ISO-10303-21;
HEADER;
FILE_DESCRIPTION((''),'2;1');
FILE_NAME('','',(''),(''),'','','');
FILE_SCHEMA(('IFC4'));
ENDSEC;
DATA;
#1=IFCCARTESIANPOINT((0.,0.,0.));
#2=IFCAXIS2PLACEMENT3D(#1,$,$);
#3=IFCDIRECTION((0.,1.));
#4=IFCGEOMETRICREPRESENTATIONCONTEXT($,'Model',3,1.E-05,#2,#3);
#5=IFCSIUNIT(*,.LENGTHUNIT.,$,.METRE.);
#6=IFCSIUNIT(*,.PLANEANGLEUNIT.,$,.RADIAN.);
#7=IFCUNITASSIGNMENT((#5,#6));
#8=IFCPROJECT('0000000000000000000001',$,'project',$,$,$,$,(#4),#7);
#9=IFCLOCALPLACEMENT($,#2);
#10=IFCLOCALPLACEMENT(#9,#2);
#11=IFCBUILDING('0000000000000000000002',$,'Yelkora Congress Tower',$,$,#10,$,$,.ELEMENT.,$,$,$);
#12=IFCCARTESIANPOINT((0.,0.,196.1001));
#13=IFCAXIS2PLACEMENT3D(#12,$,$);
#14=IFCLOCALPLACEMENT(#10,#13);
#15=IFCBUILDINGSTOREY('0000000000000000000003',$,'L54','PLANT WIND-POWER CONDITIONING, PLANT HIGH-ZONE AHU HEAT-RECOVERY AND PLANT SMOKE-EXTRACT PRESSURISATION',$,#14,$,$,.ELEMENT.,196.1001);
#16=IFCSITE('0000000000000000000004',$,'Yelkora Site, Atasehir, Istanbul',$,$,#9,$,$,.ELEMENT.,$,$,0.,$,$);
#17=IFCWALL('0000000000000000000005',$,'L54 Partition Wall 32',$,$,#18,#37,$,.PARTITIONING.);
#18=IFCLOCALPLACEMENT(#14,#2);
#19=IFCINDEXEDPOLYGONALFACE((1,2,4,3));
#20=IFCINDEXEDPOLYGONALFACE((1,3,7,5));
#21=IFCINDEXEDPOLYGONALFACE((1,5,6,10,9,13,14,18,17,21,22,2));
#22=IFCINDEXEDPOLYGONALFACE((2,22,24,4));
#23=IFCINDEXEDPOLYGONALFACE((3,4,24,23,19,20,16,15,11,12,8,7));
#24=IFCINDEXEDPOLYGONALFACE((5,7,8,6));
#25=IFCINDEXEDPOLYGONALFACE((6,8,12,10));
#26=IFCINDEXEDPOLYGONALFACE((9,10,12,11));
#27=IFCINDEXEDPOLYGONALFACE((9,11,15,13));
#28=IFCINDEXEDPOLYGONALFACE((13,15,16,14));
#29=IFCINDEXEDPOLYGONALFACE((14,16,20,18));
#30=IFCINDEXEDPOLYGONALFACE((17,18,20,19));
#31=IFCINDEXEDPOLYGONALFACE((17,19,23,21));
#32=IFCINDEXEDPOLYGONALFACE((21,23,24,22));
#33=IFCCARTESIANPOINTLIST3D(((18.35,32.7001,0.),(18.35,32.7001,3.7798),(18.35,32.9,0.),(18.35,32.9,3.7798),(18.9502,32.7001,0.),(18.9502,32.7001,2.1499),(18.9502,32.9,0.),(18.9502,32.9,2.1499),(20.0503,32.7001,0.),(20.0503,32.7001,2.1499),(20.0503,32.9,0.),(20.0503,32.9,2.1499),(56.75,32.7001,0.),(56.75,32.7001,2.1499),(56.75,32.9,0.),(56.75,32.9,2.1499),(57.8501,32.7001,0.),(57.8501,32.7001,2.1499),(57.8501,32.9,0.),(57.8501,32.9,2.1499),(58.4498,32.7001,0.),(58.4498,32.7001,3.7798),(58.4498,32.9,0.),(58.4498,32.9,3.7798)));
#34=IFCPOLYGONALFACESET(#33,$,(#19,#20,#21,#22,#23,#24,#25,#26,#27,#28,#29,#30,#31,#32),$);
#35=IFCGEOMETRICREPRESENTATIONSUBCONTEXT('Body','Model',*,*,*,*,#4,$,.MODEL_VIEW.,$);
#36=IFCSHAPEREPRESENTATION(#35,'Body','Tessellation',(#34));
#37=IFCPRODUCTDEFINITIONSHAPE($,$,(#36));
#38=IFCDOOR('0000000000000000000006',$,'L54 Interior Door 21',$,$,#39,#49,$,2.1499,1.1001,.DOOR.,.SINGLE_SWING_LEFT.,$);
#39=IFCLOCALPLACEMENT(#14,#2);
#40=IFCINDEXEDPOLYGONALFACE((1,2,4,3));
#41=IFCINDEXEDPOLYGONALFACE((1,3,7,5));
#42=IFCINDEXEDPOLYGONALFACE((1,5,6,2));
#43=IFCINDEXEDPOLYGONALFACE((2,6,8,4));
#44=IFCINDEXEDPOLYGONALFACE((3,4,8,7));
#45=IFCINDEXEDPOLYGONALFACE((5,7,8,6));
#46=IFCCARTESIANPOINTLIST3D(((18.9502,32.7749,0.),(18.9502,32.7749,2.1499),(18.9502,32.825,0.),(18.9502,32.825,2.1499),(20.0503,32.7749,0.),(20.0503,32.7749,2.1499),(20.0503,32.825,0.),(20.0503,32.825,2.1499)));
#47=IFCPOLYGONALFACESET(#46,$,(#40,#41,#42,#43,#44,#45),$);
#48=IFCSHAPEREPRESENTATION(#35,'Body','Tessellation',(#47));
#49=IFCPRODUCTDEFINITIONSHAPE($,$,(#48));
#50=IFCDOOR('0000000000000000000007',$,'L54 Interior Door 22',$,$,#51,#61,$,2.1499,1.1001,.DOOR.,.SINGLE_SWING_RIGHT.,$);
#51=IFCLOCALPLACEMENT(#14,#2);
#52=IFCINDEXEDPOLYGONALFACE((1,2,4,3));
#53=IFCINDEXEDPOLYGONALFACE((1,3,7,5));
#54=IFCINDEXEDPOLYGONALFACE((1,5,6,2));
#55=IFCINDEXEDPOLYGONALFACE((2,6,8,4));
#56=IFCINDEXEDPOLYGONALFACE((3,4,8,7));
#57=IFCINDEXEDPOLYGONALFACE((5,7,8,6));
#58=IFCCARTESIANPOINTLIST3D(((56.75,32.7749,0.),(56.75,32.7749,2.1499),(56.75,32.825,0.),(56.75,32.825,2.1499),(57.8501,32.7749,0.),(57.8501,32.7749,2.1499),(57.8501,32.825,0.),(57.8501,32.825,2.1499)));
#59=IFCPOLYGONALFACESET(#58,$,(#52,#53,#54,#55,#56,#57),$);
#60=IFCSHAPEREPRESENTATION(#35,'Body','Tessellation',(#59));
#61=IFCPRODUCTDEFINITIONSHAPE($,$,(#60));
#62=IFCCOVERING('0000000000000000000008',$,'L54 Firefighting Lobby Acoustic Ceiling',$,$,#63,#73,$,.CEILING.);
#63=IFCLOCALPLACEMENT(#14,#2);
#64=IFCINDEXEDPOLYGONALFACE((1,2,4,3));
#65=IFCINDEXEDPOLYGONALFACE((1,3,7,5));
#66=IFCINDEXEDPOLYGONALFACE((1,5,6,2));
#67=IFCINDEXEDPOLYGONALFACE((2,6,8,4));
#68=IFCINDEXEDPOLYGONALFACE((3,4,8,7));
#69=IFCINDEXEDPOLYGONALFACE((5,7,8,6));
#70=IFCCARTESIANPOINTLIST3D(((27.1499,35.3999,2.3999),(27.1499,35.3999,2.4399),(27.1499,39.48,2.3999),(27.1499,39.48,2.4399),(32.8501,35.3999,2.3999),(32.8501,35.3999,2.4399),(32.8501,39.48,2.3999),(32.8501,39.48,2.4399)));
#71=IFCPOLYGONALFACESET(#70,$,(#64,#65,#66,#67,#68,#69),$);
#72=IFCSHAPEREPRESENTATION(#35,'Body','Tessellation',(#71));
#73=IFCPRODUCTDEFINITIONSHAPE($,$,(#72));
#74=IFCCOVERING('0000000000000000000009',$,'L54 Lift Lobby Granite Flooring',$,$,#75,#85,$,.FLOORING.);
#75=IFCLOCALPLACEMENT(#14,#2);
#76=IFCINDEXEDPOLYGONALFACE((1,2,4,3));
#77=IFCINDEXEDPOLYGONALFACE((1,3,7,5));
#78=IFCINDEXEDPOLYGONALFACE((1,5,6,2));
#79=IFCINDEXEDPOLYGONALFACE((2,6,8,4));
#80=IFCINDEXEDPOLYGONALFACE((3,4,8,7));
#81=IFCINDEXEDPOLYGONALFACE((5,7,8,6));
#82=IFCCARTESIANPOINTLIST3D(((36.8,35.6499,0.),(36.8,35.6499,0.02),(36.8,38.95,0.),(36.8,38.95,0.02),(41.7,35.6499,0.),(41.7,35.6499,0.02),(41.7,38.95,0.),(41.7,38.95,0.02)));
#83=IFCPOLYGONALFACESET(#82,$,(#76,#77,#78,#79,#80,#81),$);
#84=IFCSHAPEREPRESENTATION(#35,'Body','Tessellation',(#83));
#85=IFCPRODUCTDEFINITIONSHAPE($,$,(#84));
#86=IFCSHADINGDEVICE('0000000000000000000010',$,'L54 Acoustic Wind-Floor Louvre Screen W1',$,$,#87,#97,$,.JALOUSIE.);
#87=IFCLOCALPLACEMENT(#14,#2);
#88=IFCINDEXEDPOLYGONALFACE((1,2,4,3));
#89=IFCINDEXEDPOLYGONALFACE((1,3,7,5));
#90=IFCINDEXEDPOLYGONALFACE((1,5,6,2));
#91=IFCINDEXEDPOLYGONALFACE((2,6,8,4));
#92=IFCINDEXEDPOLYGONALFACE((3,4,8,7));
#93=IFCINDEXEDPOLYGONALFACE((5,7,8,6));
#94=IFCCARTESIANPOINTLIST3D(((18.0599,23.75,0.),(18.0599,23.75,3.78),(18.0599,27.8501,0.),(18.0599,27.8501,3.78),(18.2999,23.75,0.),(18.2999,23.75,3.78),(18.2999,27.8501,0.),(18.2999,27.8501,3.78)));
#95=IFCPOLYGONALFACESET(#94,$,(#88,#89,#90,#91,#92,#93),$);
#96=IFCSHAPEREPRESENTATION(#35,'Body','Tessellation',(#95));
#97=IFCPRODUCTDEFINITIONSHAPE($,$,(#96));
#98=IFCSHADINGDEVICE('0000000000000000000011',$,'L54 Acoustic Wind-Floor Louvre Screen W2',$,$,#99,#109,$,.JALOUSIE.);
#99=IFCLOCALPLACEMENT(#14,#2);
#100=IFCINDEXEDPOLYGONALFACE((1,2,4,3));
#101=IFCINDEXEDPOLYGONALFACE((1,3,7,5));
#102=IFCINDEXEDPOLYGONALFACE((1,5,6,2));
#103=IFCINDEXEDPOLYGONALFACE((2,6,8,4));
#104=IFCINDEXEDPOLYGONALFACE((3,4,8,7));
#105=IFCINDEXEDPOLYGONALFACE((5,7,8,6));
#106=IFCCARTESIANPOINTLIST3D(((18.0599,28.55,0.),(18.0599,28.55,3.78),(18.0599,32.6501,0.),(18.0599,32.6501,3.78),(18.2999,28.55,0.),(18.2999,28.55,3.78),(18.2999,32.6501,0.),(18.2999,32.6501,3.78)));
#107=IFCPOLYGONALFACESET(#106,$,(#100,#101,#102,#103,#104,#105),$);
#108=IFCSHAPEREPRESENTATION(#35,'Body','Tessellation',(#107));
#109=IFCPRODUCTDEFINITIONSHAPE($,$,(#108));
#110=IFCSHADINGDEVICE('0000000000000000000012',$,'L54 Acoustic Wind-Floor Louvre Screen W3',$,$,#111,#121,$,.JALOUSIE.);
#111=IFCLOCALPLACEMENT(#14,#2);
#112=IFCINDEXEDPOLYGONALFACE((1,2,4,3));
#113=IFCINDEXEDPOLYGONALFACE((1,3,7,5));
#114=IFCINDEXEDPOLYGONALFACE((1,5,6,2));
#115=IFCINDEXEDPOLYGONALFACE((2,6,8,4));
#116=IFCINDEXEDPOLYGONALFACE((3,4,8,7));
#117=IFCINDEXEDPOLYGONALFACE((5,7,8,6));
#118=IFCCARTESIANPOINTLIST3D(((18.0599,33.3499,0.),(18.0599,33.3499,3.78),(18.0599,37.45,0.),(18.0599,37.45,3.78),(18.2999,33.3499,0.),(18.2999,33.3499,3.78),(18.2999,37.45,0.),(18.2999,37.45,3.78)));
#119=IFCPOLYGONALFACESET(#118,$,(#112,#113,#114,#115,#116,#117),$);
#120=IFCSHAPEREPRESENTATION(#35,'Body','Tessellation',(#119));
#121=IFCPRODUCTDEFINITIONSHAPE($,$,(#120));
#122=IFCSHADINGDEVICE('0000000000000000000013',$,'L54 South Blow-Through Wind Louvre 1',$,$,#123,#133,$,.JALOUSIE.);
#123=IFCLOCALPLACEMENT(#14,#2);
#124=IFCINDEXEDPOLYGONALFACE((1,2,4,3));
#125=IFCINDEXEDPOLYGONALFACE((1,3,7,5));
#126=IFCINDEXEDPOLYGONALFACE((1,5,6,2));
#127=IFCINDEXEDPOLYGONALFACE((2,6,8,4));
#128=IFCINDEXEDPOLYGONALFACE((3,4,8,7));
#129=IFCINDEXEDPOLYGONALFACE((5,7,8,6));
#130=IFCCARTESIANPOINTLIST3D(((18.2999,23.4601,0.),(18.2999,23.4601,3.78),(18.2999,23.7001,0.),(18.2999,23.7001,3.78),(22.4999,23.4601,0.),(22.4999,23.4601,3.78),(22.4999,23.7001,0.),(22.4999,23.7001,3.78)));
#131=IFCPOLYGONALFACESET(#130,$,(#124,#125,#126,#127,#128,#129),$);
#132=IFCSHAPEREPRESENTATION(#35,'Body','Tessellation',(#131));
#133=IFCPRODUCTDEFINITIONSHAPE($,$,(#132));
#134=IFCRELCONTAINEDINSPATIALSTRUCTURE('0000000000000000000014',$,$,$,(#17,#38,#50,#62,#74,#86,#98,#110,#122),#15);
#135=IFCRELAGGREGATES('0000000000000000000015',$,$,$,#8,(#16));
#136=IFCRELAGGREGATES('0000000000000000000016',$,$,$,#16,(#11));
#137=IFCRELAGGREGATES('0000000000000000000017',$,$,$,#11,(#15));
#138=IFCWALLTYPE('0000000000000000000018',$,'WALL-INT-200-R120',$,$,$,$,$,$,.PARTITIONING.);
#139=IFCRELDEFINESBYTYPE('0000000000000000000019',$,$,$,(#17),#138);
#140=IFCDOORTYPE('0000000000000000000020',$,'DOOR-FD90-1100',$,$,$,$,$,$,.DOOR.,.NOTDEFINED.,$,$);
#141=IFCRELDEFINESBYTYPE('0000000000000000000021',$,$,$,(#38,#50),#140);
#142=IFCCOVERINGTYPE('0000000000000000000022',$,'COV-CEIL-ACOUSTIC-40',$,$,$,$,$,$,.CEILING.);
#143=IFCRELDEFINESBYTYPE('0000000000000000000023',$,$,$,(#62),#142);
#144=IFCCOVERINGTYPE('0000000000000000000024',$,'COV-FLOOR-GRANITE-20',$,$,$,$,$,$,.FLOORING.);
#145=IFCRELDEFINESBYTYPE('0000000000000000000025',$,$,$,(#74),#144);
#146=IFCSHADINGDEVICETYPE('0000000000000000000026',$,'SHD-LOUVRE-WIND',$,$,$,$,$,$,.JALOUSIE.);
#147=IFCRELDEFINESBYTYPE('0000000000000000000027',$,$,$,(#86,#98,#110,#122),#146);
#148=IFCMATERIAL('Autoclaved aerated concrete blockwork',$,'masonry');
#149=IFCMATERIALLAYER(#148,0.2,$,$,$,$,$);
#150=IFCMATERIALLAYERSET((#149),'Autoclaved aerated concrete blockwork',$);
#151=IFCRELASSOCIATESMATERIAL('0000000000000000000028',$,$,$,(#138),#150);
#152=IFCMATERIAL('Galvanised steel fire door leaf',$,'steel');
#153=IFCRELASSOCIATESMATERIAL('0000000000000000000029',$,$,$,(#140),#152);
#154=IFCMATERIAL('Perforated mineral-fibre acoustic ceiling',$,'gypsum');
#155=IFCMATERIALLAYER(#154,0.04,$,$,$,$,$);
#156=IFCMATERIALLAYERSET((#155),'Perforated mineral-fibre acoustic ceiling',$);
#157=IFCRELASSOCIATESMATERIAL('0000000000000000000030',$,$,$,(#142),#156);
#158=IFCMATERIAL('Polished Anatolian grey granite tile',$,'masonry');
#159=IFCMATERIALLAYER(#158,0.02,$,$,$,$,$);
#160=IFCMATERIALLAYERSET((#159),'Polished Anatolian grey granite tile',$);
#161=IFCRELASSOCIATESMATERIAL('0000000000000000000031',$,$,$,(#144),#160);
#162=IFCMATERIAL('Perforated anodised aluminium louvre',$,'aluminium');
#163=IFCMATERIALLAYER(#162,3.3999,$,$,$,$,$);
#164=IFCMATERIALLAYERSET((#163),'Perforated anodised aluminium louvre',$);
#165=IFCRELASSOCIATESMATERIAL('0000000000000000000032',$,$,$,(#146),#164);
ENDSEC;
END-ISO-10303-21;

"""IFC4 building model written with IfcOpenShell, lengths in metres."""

from ifc_helpers import new_model, si_unit, direction, frame, frame_2d, origin, origin_2d, place, context, subcontext, project, spatial, polyline, rectangle, outline, extrude, material, layer, layer_set, type_object, element, fill, save


model = new_model("IFC4")

# Units and contexts
model_context = context("Model", 3, precision=1e-05, world=origin(), true_north=direction((0.0, 1.0)))
body_context = subcontext(model_context, "Body", "Model", "MODEL_VIEW")
ifc_project = project(units=[si_unit("LENGTHUNIT", "METRE"), si_unit("PLANEANGLEUNIT", "RADIAN")], contexts=[model_context])

# Site, building, storey
site_placement = place(None, origin())
site = spatial("IfcSite", under=ifc_project, at=site_placement, Name="Yelkora Site, Atasehir, Istanbul", CompositionType="ELEMENT", RefElevation=0.0)
building_placement = place(site_placement, origin())
building = spatial("IfcBuilding", under=site, at=building_placement, Name="Yelkora Congress Tower", CompositionType="ELEMENT")
storey_placement = place(building_placement, frame((0.0, 0.0, 196.1001)))
storey = spatial("IfcBuildingStorey", under=building, at=storey_placement, Name="L54", Description="PLANT WIND-POWER CONDITIONING, PLANT HIGH-ZONE AHU HEAT-RECOVERY AND PLANT SMOKE-EXTRACT PRESSURISATION", CompositionType="ELEMENT", Elevation=196.1001)

# Shared definitions
ifc_material_1 = material(Name="Autoclaved aerated concrete blockwork", Category="masonry")
ifc_layer_1 = layer(ifc_material_1, 0.2)
ifc_layer_set_1 = layer_set([ifc_layer_1], Name="Autoclaved aerated concrete blockwork")
wall_type_1 = type_object("IfcWallType", Name="WALL-INT-200-R120", PredefinedType="PARTITIONING", material=ifc_layer_set_1)

# Wall, openings, doors
wall_1_placement = place(storey_placement, frame((18.3501, 32.8, 0.0), z_axis=(0.0, 0.0, 1.0), x_axis=(1.0, 0.0, 0.0)))
wall_1 = element("IfcWall", 1, at=wall_1_placement, inside=storey, type_object=wall_type_1, Name="L54 Partition Wall 32", PredefinedType="PARTITIONING", context=body_context, shape_type="SweptSolid", body=[
    extrude(rectangle(XDim=40.0999, YDim=0.2, at=frame_2d((20.0498, 0.0))), origin(), (0.0, 0.0, 1.0), 3.7798),
])
opening_1_placement = place(wall_1_placement, frame((0.6001, 0.0, 0.0)))
opening_1 = element("IfcOpeningElement", 2, at=opening_1_placement, cuts=wall_1, PredefinedType="OPENING", context=body_context, shape_type="SweptSolid", body=[
    extrude(rectangle(XDim=1.1001, YDim=2.1499, at=frame_2d((0.55, 1.075))), frame((0.0, 0.1099, 0.0), z_axis=(0.0, -1.0, 0.0), x_axis=(1.0, 0.0, 0.0)), (0.0, 0.0, 1.0), 0.22),
])
opening_2_placement = place(wall_1_placement, frame((38.3999, 0.0, 0.0)))
opening_2 = element("IfcOpeningElement", 3, at=opening_2_placement, cuts=wall_1, PredefinedType="OPENING", context=body_context, shape_type="SweptSolid", body=[
    extrude(rectangle(XDim=1.1001, YDim=2.1499, at=frame_2d((0.55, 1.075))), frame((0.0, 0.1099, 0.0), z_axis=(0.0, -1.0, 0.0), x_axis=(1.0, 0.0, 0.0)), (0.0, 0.0, 1.0), 0.22),
])
ifc_material_2 = material(Name="Galvanised steel fire door leaf", Category="steel")
door_type = type_object("IfcDoorType", Name="DOOR-FD90-1100", OperationType="NOTDEFINED", PredefinedType="DOOR", material=ifc_material_2)
door_1_placement = place(opening_1_placement, origin())
door_1 = element("IfcDoor", 4, at=door_1_placement, inside=storey, type_object=door_type, Name="L54 Interior Door 21", OperationType="SINGLE_SWING_LEFT", OverallHeight=2.1499, OverallWidth=1.1001, PredefinedType="DOOR", context=body_context, shape_type="SweptSolid", body=[
    extrude(rectangle(XDim=1.1001, YDim=2.1499, at=frame_2d((0.55, 1.075))), frame((0.0, 0.0249, 0.0), z_axis=(0.0, -1.0, 0.0), x_axis=(1.0, 0.0, 0.0)), (0.0, 0.0, 1.0), 0.05),
])
fill(opening_1, door_1)
door_2_placement = place(opening_2_placement, origin())
door_2 = element("IfcDoor", 5, at=door_2_placement, inside=storey, type_object=door_type, Name="L54 Interior Door 22", OperationType="SINGLE_SWING_RIGHT", OverallHeight=2.1499, OverallWidth=1.1001, PredefinedType="DOOR", context=body_context, shape_type="SweptSolid", body=[
    extrude(rectangle(XDim=1.1001, YDim=2.1499, at=frame_2d((0.55, 1.075))), frame((0.0, 0.0249, 0.0), z_axis=(0.0, -1.0, 0.0), x_axis=(1.0, 0.0, 0.0)), (0.0, 0.0, 1.0), 0.05),
])
fill(opening_2, door_2)

# Coverings
ifc_material_3 = material(Name="Perforated mineral-fibre acoustic ceiling", Category="gypsum")
ifc_layer_2 = layer(ifc_material_3, 0.04)
ifc_layer_set_2 = layer_set([ifc_layer_2], Name="Perforated mineral-fibre acoustic ceiling")
covering_type_1 = type_object("IfcCoveringType", Name="COV-CEIL-ACOUSTIC-40", PredefinedType="CEILING", material=ifc_layer_set_2)
covering_1_placement = place(storey_placement, frame((0.0, 0.0, 2.3999)))
element("IfcCovering", 6, at=covering_1_placement, inside=storey, type_object=covering_type_1, Name="L54 Firefighting Lobby Acoustic Ceiling", PredefinedType="CEILING", context=body_context, shape_type="SweptSolid", body=[
    extrude(outline(polyline([(27.1499, 35.3999), (32.8501, 35.3999), (32.8501, 39.48), (27.1499, 39.48), (27.1499, 35.3999)])), origin(), (0.0, 0.0, 1.0), 0.04),
])
ifc_material_4 = material(Name="Polished Anatolian grey granite tile", Category="masonry")
ifc_layer_3 = layer(ifc_material_4, 0.02)
ifc_layer_set_3 = layer_set([ifc_layer_3], Name="Polished Anatolian grey granite tile")
covering_type_2 = type_object("IfcCoveringType", Name="COV-FLOOR-GRANITE-20", PredefinedType="FLOORING", material=ifc_layer_set_3)
covering_2_placement = place(storey_placement, origin())
element("IfcCovering", 7, at=covering_2_placement, inside=storey, type_object=covering_type_2, Name="L54 Lift Lobby Granite Flooring", PredefinedType="FLOORING", context=body_context, shape_type="SweptSolid", body=[
    extrude(outline(polyline([(36.8, 35.6499), (41.7, 35.6499), (41.7, 38.95), (36.8, 38.95), (36.8, 35.6499)])), origin(), (0.0, 0.0, 1.0), 0.02),
])

# Shading devices
ifc_material_5 = material(Name="Perforated anodised aluminium louvre", Category="aluminium")
ifc_layer_4 = layer(ifc_material_5, 3.3999)
ifc_layer_set_4 = layer_set([ifc_layer_4], Name="Perforated anodised aluminium louvre")
shading_device_type = type_object("IfcShadingDeviceType", Name="SHD-LOUVRE-WIND", PredefinedType="JALOUSIE", material=ifc_layer_set_4)
for number, where, z_axis, x_axis, name in (
    (8, (18.1799, 25.8, 0.0), (0.0, 0.0, 1.0), (1.0, 0.0, 0.0), "L54 Acoustic Wind-Floor Louvre Screen W1"),
    (9, (18.1799, 30.6001, 0.0), (0.0, 0.0, 1.0), (1.0, 0.0, 0.0), "L54 Acoustic Wind-Floor Louvre Screen W2"),
    (10, (18.1799, 35.3999, 0.0), (0.0, 0.0, 1.0), (1.0, 0.0, 0.0), "L54 Acoustic Wind-Floor Louvre Screen W3"),
):
    element("IfcShadingDevice", number, at=place(storey_placement, frame(where, z_axis=z_axis, x_axis=x_axis)), inside=storey, type_object=shading_device_type, Name=name, PredefinedType="JALOUSIE", context=body_context, shape_type="SweptSolid", body=[
        extrude(rectangle(XDim=0.24, YDim=4.1001, at=origin_2d()), origin(), (0.0, 0.0, 1.0), 3.78),
    ])
shading_device_placement = place(storey_placement, frame((20.3999, 23.5801, 0.0), z_axis=(0.0, 0.0, 1.0), x_axis=(1.0, 0.0, 0.0)))
element("IfcShadingDevice", 11, at=shading_device_placement, inside=storey, type_object=shading_device_type, Name="L54 South Blow-Through Wind Louvre 1", PredefinedType="JALOUSIE", context=body_context, shape_type="SweptSolid", body=[
    extrude(rectangle(XDim=4.2, YDim=0.24, at=origin_2d()), origin(), (0.0, 0.0, 1.0), 3.78),
])

save(model, "model.ifc")
